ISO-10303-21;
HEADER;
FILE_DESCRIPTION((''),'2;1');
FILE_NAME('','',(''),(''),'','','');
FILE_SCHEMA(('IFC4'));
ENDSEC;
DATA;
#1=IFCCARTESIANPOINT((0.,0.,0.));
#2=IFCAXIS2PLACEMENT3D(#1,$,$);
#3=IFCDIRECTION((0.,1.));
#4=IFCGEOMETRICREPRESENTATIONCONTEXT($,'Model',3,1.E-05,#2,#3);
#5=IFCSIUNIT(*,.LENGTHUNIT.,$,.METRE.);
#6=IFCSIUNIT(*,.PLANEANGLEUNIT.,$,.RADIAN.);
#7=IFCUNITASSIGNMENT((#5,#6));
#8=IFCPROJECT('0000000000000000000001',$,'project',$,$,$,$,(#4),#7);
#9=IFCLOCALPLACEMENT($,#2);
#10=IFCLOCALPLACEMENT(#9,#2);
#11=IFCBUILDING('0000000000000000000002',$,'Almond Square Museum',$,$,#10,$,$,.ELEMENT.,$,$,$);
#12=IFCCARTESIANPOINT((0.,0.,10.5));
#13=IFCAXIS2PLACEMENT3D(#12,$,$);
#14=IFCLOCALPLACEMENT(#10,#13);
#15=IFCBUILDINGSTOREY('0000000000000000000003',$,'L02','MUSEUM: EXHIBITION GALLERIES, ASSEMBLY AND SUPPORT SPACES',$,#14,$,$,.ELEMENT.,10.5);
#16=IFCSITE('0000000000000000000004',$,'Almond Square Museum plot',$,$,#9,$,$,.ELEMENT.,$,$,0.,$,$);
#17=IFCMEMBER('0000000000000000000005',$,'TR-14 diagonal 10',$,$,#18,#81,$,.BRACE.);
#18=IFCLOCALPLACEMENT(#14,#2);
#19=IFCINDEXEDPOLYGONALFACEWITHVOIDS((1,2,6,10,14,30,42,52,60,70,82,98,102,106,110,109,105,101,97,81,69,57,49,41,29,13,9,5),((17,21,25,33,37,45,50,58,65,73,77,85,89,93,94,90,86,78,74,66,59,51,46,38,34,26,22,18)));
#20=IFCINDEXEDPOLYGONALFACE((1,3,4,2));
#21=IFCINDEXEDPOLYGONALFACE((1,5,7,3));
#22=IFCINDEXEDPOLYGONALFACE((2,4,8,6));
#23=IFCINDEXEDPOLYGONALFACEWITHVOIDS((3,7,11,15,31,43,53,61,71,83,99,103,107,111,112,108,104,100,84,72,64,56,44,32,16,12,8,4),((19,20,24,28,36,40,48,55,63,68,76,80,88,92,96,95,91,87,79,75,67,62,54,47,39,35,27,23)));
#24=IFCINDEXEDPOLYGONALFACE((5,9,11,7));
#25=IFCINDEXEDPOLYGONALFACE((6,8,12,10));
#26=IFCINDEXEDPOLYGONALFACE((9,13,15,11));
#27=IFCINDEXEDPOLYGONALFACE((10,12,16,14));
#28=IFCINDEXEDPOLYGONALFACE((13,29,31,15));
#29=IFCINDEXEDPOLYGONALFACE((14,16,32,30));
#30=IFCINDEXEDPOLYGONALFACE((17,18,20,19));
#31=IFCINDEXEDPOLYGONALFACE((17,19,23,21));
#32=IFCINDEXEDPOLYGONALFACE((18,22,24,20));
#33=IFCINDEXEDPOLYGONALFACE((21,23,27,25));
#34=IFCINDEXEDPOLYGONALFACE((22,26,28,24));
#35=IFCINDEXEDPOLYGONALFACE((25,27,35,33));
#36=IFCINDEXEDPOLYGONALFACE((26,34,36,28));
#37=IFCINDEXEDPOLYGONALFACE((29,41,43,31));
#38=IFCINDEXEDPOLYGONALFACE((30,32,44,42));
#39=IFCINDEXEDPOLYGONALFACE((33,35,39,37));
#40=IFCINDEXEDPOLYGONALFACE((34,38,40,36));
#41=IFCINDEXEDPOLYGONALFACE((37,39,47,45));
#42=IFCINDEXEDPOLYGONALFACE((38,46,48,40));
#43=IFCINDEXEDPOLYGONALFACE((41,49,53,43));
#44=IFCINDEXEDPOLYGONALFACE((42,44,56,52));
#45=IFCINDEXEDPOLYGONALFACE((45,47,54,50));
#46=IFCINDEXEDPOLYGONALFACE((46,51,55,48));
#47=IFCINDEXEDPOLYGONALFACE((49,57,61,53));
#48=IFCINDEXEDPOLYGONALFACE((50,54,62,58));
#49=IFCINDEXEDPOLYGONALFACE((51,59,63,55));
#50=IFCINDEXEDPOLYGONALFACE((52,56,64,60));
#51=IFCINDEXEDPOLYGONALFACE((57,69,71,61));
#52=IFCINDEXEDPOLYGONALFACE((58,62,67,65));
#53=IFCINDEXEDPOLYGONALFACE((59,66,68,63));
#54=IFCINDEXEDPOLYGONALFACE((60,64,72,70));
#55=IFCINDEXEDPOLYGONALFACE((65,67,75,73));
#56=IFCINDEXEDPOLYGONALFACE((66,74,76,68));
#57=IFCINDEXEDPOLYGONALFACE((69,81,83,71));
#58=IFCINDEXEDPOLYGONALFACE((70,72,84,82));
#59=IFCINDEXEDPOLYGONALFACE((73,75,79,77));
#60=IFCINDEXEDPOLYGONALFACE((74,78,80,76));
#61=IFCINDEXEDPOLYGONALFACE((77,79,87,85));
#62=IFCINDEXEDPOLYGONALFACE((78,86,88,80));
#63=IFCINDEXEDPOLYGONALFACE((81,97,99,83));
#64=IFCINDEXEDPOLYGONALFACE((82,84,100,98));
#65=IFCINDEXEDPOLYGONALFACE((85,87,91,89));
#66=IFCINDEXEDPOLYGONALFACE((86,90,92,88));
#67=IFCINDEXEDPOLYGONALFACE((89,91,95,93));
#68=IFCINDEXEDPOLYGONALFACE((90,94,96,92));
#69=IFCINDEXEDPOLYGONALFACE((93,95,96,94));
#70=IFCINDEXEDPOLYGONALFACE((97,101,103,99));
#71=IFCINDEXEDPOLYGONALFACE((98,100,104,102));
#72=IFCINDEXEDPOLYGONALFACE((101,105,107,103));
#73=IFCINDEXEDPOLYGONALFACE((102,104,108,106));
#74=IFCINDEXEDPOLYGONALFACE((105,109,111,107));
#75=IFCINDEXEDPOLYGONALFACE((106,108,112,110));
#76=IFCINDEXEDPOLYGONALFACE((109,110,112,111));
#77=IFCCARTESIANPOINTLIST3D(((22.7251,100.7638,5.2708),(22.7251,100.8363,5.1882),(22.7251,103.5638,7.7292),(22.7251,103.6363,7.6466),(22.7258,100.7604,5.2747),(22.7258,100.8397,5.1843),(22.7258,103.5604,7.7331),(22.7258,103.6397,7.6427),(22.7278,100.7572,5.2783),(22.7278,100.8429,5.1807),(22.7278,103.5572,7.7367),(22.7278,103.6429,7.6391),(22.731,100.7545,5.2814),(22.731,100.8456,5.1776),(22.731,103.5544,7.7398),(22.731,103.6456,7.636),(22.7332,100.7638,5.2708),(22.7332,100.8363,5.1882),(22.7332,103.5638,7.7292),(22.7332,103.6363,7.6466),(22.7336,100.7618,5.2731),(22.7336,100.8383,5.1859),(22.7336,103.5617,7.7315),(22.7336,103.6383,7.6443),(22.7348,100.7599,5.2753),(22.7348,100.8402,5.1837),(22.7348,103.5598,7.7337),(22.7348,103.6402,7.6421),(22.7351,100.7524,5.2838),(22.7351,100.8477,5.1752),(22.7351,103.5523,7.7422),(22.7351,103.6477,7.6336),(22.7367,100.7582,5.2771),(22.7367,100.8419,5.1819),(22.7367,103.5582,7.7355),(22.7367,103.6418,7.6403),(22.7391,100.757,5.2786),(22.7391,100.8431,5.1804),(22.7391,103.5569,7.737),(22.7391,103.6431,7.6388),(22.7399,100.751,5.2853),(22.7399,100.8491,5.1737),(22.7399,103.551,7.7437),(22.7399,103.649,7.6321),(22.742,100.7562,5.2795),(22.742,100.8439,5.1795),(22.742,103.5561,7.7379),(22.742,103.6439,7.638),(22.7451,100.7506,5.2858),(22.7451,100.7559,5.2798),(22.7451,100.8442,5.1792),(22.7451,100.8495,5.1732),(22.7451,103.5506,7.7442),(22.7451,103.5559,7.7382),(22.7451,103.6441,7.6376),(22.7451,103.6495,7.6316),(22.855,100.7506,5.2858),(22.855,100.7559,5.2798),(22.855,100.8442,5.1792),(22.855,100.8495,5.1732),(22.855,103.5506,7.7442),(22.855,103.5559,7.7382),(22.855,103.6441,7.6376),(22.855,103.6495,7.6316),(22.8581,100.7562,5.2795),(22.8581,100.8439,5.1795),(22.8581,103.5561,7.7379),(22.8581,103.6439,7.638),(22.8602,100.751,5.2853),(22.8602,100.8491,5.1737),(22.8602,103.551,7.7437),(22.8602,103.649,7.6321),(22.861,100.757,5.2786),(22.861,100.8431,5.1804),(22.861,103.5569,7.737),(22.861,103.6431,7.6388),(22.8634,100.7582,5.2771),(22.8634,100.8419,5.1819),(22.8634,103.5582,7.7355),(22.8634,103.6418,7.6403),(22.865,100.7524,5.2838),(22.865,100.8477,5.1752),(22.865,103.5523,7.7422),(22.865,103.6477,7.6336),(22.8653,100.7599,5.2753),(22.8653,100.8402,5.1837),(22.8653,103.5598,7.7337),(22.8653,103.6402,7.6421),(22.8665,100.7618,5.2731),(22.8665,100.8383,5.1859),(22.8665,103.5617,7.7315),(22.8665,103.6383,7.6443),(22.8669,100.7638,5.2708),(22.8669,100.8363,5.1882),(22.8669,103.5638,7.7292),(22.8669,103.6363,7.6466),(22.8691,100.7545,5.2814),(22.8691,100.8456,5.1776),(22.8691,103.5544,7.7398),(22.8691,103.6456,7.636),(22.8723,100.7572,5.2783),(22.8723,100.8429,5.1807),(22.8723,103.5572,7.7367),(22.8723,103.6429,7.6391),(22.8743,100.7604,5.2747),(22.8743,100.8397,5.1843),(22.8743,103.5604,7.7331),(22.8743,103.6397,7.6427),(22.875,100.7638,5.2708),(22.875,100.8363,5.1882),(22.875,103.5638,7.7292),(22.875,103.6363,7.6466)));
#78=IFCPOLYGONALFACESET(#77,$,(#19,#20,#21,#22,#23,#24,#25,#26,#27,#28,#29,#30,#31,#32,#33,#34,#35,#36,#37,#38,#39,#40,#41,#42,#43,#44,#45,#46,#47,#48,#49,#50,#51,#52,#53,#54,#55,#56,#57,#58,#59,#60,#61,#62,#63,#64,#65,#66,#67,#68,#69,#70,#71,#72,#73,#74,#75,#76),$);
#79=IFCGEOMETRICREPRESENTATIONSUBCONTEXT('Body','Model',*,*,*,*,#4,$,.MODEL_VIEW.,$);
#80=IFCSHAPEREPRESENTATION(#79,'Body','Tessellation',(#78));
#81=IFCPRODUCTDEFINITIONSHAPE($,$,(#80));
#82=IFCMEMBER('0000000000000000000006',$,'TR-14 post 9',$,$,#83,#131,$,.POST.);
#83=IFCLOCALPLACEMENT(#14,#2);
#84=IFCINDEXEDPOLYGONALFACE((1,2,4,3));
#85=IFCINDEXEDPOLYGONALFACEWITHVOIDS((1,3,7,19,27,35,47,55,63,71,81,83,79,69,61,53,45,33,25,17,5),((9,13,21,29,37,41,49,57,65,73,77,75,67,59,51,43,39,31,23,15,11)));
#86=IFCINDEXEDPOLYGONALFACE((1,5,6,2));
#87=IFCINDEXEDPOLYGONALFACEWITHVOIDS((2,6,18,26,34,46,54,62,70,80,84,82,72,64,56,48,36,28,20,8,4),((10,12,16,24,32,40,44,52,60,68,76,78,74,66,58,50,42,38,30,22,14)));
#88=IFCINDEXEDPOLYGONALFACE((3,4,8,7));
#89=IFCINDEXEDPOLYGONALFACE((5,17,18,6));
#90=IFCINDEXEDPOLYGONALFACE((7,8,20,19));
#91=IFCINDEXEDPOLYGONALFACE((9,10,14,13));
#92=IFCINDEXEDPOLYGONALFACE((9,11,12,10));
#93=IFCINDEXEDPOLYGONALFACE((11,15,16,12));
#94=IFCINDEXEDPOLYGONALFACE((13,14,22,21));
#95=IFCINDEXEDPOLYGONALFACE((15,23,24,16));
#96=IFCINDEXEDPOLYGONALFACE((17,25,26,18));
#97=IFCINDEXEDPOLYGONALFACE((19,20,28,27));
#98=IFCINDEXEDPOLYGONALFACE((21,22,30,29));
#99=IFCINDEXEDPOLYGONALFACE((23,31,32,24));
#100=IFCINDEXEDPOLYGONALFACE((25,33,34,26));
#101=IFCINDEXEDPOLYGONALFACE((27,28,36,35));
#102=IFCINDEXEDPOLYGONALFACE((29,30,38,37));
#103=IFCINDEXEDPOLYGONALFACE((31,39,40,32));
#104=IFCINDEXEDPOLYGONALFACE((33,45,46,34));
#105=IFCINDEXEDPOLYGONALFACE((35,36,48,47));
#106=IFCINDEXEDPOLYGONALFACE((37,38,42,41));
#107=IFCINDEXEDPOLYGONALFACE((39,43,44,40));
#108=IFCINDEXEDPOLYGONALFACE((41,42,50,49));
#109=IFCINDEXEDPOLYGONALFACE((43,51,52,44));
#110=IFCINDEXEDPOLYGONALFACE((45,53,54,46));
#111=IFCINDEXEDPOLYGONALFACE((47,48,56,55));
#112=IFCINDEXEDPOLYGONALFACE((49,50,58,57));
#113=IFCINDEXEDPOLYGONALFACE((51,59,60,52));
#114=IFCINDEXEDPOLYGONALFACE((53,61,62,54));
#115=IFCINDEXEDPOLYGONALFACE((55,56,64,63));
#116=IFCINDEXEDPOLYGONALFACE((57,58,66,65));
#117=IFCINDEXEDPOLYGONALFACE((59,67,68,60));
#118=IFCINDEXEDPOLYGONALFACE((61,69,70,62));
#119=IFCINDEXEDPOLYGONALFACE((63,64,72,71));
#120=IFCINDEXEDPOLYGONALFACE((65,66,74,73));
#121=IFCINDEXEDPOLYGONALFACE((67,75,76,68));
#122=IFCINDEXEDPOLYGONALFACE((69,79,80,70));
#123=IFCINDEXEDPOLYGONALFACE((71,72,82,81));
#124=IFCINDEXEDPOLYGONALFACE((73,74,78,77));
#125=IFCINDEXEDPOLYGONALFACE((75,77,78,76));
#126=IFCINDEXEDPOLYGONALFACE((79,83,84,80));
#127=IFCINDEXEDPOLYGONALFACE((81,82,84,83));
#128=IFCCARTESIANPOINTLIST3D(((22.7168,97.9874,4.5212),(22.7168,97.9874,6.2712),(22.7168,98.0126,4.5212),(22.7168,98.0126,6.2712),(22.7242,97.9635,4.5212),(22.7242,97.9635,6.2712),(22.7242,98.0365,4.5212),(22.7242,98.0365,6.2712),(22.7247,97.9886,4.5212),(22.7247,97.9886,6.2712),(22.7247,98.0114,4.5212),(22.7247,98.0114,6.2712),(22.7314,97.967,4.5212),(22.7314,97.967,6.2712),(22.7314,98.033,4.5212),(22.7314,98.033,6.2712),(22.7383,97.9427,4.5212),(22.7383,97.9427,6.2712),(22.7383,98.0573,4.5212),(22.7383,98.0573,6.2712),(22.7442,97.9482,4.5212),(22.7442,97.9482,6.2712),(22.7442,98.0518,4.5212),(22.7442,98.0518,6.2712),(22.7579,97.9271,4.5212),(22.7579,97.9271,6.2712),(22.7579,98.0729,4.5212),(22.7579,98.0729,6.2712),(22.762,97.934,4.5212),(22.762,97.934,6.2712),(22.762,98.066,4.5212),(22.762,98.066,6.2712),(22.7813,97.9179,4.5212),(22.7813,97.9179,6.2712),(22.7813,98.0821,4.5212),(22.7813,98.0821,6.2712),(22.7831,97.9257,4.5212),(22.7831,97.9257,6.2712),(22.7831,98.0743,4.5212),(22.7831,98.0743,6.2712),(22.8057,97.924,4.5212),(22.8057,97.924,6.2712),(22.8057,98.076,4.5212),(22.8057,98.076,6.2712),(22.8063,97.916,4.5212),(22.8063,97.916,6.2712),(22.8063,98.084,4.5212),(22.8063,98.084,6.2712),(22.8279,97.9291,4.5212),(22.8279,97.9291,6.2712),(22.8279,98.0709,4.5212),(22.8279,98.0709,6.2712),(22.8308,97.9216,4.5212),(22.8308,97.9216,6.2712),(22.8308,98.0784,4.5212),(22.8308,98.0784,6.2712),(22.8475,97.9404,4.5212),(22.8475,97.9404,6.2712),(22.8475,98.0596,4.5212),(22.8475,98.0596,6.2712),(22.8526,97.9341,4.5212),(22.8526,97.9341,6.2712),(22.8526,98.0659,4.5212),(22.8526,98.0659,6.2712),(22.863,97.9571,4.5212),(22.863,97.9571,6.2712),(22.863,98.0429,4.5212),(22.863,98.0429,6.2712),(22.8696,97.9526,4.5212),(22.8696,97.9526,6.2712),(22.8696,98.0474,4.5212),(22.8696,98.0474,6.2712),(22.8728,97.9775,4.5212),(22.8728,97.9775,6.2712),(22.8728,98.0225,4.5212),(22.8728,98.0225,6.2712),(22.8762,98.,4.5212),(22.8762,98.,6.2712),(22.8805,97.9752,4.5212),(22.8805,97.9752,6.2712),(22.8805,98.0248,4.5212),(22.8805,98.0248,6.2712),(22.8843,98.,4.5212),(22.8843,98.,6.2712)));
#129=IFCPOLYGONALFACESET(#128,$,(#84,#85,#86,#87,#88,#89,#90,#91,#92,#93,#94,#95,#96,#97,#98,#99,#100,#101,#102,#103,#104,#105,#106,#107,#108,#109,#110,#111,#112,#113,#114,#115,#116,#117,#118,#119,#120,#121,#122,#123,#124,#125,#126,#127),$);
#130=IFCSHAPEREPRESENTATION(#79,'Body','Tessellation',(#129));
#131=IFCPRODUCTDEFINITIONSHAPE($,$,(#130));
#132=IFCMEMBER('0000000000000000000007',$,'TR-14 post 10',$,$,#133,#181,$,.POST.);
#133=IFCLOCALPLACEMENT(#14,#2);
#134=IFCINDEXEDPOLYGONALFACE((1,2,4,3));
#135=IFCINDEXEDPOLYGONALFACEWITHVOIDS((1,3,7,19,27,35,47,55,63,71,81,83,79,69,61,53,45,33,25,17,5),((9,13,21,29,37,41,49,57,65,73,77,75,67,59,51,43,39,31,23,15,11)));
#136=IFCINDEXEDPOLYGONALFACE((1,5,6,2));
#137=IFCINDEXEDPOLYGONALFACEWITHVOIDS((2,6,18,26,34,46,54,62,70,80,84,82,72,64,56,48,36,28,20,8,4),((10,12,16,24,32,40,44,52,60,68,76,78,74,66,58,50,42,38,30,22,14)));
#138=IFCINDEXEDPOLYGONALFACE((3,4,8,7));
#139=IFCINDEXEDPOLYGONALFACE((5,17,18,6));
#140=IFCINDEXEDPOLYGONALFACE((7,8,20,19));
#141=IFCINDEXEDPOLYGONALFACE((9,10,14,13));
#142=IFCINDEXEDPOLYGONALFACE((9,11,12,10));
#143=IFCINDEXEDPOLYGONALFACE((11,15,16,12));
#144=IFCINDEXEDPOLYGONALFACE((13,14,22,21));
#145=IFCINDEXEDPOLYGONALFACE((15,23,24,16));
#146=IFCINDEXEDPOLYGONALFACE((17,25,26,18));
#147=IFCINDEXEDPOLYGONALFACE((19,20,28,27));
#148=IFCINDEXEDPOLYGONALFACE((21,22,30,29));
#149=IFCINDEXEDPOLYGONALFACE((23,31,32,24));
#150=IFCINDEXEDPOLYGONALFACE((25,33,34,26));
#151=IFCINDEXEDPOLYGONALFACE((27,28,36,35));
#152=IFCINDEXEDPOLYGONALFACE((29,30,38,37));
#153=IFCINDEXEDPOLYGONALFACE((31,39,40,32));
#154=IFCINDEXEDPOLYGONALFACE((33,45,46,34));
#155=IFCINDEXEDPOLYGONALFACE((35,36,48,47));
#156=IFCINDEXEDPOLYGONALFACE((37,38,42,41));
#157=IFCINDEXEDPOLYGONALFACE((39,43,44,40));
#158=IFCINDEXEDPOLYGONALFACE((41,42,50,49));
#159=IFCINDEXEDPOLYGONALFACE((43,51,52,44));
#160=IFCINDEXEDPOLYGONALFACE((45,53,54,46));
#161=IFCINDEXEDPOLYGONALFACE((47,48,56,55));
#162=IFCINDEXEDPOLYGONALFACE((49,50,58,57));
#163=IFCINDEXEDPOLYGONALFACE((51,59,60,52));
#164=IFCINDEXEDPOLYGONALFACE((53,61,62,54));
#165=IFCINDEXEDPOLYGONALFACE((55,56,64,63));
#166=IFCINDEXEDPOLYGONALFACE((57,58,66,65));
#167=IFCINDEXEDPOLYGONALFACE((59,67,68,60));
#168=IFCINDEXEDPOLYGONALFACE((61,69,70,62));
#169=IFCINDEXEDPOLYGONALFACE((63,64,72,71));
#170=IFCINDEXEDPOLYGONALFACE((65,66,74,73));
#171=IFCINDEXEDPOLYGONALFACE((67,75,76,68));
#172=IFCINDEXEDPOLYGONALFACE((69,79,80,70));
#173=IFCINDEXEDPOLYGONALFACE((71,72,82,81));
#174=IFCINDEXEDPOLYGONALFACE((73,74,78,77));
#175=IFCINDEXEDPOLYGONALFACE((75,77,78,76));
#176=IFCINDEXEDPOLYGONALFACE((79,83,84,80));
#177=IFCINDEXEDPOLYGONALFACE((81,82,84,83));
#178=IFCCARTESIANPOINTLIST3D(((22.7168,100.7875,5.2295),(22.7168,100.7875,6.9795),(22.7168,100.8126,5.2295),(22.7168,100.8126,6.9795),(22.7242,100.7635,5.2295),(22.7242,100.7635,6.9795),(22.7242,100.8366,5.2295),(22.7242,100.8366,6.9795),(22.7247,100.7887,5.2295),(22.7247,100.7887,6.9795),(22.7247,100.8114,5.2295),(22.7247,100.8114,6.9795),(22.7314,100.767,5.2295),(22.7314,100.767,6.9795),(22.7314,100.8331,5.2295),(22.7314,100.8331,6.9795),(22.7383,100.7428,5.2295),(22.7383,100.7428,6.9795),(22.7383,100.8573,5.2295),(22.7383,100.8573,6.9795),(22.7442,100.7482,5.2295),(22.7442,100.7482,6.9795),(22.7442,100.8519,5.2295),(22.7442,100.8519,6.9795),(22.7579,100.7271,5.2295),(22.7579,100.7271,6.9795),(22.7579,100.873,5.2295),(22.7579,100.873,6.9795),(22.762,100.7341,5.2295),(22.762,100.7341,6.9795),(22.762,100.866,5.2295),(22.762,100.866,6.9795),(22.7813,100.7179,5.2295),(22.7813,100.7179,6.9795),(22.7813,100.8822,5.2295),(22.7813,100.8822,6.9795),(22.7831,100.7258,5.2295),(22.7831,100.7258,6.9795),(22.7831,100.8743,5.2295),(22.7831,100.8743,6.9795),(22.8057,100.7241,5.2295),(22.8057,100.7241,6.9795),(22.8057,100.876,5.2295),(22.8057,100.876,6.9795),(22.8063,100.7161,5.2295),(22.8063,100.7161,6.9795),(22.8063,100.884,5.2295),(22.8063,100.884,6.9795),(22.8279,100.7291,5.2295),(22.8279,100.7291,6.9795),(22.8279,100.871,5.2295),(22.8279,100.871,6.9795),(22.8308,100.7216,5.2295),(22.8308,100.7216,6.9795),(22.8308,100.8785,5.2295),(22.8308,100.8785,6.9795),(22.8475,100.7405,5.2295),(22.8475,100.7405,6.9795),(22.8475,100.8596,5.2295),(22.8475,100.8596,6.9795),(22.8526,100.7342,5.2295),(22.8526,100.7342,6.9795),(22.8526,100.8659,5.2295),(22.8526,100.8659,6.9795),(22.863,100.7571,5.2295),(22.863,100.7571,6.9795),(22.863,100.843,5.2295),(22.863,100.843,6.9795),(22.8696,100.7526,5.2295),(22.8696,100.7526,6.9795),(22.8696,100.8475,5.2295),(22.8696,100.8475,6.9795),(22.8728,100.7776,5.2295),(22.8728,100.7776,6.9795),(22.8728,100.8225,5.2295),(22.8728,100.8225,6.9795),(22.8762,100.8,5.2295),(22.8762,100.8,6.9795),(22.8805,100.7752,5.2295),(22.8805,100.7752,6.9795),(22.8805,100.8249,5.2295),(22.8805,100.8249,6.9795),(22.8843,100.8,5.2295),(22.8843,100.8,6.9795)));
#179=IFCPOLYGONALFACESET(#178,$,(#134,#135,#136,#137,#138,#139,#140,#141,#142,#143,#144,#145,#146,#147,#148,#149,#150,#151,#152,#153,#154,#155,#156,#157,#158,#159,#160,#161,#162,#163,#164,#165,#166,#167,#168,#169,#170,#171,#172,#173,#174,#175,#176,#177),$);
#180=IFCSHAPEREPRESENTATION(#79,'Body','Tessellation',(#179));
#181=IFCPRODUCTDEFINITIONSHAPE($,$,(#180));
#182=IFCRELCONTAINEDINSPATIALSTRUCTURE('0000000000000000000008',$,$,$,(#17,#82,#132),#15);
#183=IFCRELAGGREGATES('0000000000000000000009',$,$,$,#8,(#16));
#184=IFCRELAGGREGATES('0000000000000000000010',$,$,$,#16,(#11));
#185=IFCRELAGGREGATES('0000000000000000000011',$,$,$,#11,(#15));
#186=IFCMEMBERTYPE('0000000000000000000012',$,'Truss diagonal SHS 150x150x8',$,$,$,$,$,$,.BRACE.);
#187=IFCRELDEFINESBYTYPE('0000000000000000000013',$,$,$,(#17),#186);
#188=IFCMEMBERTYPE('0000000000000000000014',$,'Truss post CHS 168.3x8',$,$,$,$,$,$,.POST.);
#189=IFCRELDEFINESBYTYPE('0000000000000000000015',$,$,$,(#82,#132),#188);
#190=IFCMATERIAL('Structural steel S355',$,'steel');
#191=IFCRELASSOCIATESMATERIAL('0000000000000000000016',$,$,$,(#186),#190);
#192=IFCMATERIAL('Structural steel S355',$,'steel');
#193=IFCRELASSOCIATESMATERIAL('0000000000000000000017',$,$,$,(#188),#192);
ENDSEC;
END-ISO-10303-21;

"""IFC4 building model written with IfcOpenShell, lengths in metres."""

from ifc_helpers import new_model, si_unit, direction, frame, origin, origin_2d, place, context, subcontext, project, spatial, hollow_rectangle, hollow_circle, extrude, material, material_profile, profile_set, type_object, element, save


model = new_model("IFC4")

# Units and contexts
model_context = context("Model", 3, precision=1e-05, world=origin(), true_north=direction((0.0, 1.0)))
body_context = subcontext(model_context, "Body", "Model", "MODEL_VIEW")
ifc_project = project(units=[si_unit("LENGTHUNIT", "METRE"), si_unit("PLANEANGLEUNIT", "RADIAN")], contexts=[model_context])

# Site, building, storey
site_placement = place(None, origin())
site = spatial("IfcSite", under=ifc_project, at=site_placement, Name="Almond Square Museum plot", CompositionType="ELEMENT", RefElevation=0.0)
building_placement = place(site_placement, origin())
building = spatial("IfcBuilding", under=site, at=building_placement, Name="Almond Square Museum", CompositionType="ELEMENT")
storey_placement = place(building_placement, frame((0.0, 0.0, 10.5)))
storey = spatial("IfcBuildingStorey", under=building, at=storey_placement, Name="L02", Description="MUSEUM: EXHIBITION GALLERIES, ASSEMBLY AND SUPPORT SPACES", CompositionType="ELEMENT", Elevation=10.5)

# Members
ifc_material_1 = material(Name="Structural steel S355", Category="steel")
ifc_material_profile_1 = material_profile(ifc_material_1, hollow_rectangle(XDim=0.1499, YDim=0.1499, WallThickness=0.0081, InnerFilletRadius=0.012, OuterFilletRadius=0.02, at=origin_2d()))
ifc_profile_set_1 = profile_set([ifc_material_profile_1], Name="Structural steel S355")
member_type_1 = type_object("IfcMemberType", Name="Truss diagonal SHS 150x150x8", PredefinedType="BRACE", material=ifc_profile_set_1)
for number, where, z_axis, x_axis, name in (
    (1, (22.8, 100.8, 5.2295), (0.0, 0.751451, 0.659789), (-1.0, 0.0, 0.0), "TR-14 diagonal 10"),
):
    element("IfcMember", number, at=place(storey_placement, frame(where, z_axis=z_axis, x_axis=x_axis)), inside=storey, type_object=member_type_1, Name=name, PredefinedType="BRACE", context=body_context, shape_type="SweptSolid", body=[
        extrude(hollow_rectangle(XDim=0.1499, YDim=0.1499, WallThickness=0.0081, InnerFilletRadius=0.012, OuterFilletRadius=0.02, at=origin_2d()), origin(), (0.0, 0.0, 1.0), 3.7261),
    ])
ifc_material_2 = material(Name="Structural steel S355", Category="steel")
ifc_material_profile_2 = material_profile(ifc_material_2, hollow_circle(Radius=0.0842, WallThickness=0.0081, at=origin_2d()))
ifc_profile_set_2 = profile_set([ifc_material_profile_2], Name="Structural steel S355")
member_type_2 = type_object("IfcMemberType", Name="Truss post CHS 168.3x8", PredefinedType="POST", material=ifc_profile_set_2)
for number, where, z_axis, x_axis, name in (
    (2, (22.8, 98.0, 4.5212), (0.0, 0.0, 1.0), (1.0, 0.0, 0.0), "TR-14 post 9"),
    (3, (22.8, 100.8, 5.2295), (0.0, 0.0, 1.0), (1.0, 0.0, 0.0), "TR-14 post 10"),
):
    element("IfcMember", number, at=place(storey_placement, frame(where, z_axis=z_axis, x_axis=x_axis)), inside=storey, type_object=member_type_2, Name=name, PredefinedType="POST", context=body_context, shape_type="SweptSolid", body=[
        extrude(hollow_circle(Radius=0.0842, WallThickness=0.0081, at=origin_2d()), origin(), (0.0, 0.0, 1.0), 1.75),
    ])

save(model, "model.ifc")
